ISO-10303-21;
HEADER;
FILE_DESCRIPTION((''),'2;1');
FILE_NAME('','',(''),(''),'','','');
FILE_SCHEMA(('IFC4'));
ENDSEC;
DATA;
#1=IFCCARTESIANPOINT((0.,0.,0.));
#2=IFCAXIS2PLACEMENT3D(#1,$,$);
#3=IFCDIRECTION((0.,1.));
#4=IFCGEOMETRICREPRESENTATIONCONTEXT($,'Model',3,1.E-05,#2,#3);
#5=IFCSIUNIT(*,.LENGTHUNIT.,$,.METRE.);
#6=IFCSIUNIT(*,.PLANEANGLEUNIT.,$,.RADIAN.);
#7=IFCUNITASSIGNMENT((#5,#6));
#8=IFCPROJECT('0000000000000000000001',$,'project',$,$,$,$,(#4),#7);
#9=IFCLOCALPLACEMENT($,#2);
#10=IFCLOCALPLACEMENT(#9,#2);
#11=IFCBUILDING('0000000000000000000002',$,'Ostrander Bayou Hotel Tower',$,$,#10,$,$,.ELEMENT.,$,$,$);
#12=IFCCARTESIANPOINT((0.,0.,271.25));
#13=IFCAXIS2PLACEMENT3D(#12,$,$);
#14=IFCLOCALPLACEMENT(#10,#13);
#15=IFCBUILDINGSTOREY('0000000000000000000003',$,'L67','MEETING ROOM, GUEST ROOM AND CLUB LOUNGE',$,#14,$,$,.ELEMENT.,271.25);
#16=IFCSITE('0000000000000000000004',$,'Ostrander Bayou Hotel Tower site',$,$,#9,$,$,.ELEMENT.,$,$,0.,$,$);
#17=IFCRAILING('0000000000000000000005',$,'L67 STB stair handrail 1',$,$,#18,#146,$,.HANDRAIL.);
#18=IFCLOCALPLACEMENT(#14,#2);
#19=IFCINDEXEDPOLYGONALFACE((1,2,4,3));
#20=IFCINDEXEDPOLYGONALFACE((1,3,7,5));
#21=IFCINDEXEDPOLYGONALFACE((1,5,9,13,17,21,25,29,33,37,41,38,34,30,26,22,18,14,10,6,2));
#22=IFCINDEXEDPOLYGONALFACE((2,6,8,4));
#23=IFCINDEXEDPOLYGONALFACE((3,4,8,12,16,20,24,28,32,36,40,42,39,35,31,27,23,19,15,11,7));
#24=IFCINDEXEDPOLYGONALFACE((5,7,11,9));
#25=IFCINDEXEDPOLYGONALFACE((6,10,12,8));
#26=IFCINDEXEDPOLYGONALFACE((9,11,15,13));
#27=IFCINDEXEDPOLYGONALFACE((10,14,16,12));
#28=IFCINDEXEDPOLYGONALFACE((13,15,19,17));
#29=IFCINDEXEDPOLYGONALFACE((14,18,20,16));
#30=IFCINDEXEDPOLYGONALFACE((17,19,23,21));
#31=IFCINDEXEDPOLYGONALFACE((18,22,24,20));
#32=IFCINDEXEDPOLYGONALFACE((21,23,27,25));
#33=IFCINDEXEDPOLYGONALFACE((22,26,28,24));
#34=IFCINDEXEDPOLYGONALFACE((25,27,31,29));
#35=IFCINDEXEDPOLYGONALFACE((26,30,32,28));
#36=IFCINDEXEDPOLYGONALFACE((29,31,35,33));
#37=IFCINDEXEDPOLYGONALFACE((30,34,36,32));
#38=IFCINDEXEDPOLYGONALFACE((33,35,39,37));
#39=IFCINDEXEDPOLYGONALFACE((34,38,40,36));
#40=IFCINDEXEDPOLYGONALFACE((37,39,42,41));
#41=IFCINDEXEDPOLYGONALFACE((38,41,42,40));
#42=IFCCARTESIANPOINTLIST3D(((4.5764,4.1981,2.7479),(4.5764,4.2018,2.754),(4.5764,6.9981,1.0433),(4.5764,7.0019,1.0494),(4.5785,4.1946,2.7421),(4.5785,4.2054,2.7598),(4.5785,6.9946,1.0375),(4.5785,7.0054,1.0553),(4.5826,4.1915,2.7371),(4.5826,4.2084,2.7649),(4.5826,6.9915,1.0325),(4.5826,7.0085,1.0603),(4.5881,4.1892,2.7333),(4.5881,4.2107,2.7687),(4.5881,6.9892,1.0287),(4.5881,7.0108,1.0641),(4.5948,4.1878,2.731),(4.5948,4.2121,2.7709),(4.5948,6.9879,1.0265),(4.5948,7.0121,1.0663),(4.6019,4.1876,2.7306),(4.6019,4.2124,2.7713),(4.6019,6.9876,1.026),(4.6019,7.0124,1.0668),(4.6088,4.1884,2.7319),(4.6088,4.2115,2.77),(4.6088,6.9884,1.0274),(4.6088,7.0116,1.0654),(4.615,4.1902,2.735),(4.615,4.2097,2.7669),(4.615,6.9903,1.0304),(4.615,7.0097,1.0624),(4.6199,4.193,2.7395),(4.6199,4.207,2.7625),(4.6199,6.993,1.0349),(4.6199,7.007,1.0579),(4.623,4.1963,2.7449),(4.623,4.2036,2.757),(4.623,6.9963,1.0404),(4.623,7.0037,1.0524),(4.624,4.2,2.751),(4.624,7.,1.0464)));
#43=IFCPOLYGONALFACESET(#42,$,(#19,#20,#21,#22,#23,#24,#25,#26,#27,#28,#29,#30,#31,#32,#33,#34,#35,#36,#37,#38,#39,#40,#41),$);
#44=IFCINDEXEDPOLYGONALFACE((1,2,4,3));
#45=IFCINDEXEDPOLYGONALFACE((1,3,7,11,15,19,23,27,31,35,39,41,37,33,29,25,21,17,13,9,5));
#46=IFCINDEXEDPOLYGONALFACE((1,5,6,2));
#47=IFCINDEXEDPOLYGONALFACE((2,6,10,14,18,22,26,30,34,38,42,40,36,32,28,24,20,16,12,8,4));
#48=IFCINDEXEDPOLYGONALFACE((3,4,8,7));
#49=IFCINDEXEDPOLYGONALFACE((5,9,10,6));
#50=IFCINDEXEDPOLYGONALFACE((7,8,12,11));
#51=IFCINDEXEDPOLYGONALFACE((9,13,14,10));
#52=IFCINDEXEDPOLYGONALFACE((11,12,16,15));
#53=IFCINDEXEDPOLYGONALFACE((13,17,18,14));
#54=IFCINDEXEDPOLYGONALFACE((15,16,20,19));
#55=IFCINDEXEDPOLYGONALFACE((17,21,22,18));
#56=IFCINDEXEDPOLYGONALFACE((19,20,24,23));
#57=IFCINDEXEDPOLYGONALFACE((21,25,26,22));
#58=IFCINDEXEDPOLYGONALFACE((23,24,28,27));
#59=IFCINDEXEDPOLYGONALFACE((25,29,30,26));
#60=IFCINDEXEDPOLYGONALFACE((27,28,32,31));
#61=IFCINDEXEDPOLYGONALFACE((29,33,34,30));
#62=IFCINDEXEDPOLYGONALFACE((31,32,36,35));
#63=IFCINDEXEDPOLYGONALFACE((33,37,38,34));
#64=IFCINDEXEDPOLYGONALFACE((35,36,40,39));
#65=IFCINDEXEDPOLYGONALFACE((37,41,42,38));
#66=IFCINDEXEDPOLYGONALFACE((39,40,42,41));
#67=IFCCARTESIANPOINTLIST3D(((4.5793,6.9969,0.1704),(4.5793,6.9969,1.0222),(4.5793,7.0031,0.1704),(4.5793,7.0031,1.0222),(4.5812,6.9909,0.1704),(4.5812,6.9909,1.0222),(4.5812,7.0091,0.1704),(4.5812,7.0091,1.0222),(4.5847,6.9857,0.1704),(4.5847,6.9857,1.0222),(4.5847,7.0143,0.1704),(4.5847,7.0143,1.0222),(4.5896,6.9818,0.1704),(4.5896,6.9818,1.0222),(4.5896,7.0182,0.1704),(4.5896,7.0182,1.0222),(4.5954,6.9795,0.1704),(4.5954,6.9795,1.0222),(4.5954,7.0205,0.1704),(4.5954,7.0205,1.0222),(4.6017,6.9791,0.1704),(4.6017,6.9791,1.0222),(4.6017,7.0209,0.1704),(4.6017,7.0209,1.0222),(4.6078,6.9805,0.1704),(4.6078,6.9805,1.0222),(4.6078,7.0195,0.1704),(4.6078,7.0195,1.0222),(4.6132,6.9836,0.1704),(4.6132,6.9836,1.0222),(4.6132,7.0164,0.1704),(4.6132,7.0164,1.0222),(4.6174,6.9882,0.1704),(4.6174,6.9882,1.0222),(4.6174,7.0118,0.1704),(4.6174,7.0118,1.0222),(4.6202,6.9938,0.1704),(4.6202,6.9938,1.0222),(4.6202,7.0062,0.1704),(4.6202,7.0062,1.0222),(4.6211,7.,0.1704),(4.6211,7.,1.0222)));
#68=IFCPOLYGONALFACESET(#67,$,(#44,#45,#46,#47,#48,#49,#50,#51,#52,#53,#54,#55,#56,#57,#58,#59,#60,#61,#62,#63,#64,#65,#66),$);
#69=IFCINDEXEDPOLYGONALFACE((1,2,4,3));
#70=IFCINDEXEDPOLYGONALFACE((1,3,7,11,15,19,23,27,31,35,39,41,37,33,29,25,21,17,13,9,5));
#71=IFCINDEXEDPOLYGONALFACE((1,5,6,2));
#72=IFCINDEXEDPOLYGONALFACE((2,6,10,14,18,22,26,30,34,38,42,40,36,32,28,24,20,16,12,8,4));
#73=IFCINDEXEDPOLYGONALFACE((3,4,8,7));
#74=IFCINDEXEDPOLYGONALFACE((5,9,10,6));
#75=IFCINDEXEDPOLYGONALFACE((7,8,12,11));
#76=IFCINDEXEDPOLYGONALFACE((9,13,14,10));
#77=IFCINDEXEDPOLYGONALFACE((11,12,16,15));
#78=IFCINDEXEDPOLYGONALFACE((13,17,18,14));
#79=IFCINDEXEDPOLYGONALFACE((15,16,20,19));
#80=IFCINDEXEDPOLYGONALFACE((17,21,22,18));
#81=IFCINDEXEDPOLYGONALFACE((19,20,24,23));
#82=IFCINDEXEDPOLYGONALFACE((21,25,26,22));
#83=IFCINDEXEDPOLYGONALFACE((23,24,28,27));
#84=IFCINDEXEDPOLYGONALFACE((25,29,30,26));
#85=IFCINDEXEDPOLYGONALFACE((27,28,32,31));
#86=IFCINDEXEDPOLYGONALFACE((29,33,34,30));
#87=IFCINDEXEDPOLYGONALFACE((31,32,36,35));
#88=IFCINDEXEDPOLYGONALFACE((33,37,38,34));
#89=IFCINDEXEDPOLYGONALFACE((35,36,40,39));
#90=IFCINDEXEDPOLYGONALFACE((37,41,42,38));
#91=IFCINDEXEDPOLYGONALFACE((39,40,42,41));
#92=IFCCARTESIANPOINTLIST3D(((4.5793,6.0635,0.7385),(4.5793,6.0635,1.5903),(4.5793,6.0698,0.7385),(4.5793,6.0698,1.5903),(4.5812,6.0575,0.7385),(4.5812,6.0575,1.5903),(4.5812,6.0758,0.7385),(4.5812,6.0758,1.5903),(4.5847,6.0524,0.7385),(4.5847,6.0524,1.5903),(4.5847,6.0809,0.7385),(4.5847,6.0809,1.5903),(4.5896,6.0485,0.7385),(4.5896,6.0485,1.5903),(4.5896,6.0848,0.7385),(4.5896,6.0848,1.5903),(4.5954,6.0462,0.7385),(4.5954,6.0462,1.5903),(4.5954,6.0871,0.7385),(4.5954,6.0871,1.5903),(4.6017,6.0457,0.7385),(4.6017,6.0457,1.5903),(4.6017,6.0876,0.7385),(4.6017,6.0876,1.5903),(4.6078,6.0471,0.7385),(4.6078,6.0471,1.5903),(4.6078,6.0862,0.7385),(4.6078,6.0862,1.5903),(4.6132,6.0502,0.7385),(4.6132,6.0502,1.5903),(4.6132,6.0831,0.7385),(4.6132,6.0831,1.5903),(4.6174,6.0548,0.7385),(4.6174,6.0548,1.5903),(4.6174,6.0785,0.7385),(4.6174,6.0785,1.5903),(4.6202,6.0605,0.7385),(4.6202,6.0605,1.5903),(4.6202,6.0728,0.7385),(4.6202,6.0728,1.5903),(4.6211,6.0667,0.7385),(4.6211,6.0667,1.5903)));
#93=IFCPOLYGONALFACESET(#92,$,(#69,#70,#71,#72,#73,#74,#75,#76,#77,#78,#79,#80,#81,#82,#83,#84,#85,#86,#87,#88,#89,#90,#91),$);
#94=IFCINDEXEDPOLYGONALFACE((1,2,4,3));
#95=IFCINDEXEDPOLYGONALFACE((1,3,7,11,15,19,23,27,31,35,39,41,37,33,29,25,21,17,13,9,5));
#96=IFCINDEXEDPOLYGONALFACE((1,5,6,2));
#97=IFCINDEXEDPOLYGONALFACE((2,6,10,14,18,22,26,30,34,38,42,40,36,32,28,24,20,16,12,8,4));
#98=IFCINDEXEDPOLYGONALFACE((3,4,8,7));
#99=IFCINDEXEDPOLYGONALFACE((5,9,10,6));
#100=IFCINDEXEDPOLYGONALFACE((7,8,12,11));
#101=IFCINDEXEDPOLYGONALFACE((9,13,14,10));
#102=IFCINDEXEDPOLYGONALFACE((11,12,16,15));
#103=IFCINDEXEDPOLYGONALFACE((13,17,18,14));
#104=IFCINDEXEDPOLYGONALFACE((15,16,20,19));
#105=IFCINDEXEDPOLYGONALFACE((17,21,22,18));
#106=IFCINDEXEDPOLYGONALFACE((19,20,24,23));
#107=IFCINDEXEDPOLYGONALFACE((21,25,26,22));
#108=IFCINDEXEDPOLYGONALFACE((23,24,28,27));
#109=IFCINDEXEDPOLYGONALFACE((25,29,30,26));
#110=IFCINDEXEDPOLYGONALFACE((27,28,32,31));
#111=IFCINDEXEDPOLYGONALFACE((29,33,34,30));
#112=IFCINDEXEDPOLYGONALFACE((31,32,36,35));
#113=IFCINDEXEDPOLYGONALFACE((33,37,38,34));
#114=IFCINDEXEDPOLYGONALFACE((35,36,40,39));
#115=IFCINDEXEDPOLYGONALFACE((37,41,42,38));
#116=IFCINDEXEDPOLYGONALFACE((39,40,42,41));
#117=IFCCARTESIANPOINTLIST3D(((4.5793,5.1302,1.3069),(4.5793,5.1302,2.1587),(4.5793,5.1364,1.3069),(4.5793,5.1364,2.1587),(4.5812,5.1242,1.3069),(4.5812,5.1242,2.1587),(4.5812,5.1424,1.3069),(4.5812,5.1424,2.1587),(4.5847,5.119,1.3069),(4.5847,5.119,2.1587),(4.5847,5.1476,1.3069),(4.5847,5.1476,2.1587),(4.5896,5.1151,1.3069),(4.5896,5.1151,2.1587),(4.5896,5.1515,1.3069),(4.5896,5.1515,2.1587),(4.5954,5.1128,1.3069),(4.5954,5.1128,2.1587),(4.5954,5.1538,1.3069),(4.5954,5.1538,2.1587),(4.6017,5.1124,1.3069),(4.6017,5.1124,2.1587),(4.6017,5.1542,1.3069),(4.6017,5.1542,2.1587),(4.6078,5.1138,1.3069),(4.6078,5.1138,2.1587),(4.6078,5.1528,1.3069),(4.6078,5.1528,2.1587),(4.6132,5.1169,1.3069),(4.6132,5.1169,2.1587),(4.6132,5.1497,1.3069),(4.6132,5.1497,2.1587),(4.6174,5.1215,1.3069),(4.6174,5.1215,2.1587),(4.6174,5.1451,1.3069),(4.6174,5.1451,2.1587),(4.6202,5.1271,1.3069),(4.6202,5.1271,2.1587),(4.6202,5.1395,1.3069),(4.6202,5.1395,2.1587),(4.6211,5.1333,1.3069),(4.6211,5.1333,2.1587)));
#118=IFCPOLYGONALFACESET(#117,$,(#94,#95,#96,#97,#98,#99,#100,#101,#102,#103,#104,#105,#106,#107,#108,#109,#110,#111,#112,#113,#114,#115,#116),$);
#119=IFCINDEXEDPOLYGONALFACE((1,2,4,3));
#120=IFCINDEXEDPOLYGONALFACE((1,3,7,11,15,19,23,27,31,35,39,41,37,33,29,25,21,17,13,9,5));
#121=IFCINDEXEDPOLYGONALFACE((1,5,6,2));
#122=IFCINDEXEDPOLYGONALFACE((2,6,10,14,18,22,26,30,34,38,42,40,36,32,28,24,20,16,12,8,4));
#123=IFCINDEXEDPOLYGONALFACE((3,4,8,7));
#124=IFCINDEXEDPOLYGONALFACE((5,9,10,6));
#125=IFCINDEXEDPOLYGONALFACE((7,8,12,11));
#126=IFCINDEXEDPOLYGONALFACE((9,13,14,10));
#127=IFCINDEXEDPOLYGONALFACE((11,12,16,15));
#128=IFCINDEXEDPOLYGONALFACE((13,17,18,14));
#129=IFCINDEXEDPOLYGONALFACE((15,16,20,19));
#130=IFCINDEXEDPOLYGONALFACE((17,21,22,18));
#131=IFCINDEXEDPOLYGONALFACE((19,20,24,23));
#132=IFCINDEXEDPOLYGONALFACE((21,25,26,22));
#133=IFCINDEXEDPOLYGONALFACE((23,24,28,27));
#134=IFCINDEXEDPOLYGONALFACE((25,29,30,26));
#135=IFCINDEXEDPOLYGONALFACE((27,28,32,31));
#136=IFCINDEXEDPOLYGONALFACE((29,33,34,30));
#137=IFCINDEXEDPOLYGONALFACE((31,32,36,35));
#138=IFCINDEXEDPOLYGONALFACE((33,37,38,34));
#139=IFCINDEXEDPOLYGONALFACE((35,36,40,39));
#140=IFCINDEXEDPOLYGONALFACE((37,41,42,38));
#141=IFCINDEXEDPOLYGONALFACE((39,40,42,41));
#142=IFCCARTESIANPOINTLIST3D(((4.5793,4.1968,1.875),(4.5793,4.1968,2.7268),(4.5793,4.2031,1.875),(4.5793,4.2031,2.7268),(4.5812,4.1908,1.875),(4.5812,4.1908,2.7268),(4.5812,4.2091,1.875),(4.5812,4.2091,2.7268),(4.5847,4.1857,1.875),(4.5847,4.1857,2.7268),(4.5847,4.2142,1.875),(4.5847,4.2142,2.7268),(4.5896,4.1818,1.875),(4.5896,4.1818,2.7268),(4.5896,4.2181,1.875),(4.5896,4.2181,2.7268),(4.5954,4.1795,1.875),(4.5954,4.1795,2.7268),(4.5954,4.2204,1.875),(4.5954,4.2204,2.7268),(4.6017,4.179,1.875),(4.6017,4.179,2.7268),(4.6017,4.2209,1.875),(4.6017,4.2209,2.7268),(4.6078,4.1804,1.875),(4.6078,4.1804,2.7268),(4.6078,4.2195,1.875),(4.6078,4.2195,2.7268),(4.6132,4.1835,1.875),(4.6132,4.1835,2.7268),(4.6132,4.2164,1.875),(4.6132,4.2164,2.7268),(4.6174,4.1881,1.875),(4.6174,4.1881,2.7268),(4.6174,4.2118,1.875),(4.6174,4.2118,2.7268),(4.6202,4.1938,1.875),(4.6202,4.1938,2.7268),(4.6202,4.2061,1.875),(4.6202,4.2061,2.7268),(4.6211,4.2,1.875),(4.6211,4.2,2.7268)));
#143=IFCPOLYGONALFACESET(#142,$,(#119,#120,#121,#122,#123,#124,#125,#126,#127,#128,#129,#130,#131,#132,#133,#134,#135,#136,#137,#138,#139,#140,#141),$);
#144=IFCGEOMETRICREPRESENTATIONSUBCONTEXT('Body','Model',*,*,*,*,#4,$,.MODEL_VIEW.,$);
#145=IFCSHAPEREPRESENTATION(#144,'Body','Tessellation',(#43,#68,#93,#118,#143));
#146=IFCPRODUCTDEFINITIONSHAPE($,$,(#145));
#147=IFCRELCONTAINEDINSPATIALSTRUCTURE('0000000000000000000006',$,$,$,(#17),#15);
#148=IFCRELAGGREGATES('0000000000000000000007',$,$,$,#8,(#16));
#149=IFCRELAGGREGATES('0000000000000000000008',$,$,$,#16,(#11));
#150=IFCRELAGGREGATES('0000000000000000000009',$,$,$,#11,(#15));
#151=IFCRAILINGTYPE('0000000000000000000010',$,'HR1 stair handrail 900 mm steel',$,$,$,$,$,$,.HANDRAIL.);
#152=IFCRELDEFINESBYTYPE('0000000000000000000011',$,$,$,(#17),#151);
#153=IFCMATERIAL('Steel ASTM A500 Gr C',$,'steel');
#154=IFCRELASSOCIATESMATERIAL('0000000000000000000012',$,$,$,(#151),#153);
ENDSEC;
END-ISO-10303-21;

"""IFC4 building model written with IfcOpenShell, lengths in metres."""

from ifc_helpers import new_model, si_unit, direction, frame, origin, origin_2d, place, context, subcontext, project, spatial, circle, extrude, material, type_object, element, save


model = new_model("IFC4")

# Units and contexts
model_context = context("Model", 3, precision=1e-05, world=origin(), true_north=direction((0.0, 1.0)))
body_context = subcontext(model_context, "Body", "Model", "MODEL_VIEW")
ifc_project = project(units=[si_unit("LENGTHUNIT", "METRE"), si_unit("PLANEANGLEUNIT", "RADIAN")], contexts=[model_context])

# Site, building, storey
site_placement = place(None, origin())
site = spatial("IfcSite", under=ifc_project, at=site_placement, Name="Ostrander Bayou Hotel Tower site", CompositionType="ELEMENT", RefElevation=0.0)
building_placement = place(site_placement, origin())
building = spatial("IfcBuilding", under=site, at=building_placement, Name="Ostrander Bayou Hotel Tower", CompositionType="ELEMENT")
storey_placement = place(building_placement, frame((0.0, 0.0, 271.25)))
storey = spatial("IfcBuildingStorey", under=building, at=storey_placement, Name="L67", Description="MEETING ROOM, GUEST ROOM AND CLUB LOUNGE", CompositionType="ELEMENT", Elevation=271.25)

# Railing
ifc_material_1 = material(Name="Steel ASTM A500 Gr C", Category="steel")
railing_type_1 = type_object("IfcRailingType", Name="HR1 stair handrail 900 mm steel", PredefinedType="HANDRAIL", material=ifc_material_1)
railing_1_placement = place(storey_placement, frame((4.6001, 7.0, 0.1704)))
element("IfcRailing", 1, at=railing_1_placement, inside=storey, type_object=railing_type_1, Name="L67 STB stair handrail 1", PredefinedType="HANDRAIL", context=body_context, shape_type="SweptSolid", body=[
    extrude(circle(Radius=0.0239, at=origin_2d()), frame((0.0, 0.0, 0.876), z_axis=(0.0, -0.85417, 0.519994), x_axis=(1.0, 0.0, 0.0)), (0.0, 0.0, 1.0), 3.2781),
    extrude(circle(Radius=0.021, at=origin_2d()), origin(), (0.0, 0.0, 1.0), 0.8518),
    extrude(circle(Radius=0.021, at=origin_2d()), frame((0.0, -0.9333, 0.5681)), (0.0, 0.0, 1.0), 0.8518),
    extrude(circle(Radius=0.021, at=origin_2d()), frame((0.0, -1.8667, 1.1365)), (0.0, 0.0, 1.0), 0.8518),
    extrude(circle(Radius=0.021, at=origin_2d()), frame((0.0, -2.8, 1.7046)), (0.0, 0.0, 1.0), 0.8518),
])

save(model, "model.ifc")
